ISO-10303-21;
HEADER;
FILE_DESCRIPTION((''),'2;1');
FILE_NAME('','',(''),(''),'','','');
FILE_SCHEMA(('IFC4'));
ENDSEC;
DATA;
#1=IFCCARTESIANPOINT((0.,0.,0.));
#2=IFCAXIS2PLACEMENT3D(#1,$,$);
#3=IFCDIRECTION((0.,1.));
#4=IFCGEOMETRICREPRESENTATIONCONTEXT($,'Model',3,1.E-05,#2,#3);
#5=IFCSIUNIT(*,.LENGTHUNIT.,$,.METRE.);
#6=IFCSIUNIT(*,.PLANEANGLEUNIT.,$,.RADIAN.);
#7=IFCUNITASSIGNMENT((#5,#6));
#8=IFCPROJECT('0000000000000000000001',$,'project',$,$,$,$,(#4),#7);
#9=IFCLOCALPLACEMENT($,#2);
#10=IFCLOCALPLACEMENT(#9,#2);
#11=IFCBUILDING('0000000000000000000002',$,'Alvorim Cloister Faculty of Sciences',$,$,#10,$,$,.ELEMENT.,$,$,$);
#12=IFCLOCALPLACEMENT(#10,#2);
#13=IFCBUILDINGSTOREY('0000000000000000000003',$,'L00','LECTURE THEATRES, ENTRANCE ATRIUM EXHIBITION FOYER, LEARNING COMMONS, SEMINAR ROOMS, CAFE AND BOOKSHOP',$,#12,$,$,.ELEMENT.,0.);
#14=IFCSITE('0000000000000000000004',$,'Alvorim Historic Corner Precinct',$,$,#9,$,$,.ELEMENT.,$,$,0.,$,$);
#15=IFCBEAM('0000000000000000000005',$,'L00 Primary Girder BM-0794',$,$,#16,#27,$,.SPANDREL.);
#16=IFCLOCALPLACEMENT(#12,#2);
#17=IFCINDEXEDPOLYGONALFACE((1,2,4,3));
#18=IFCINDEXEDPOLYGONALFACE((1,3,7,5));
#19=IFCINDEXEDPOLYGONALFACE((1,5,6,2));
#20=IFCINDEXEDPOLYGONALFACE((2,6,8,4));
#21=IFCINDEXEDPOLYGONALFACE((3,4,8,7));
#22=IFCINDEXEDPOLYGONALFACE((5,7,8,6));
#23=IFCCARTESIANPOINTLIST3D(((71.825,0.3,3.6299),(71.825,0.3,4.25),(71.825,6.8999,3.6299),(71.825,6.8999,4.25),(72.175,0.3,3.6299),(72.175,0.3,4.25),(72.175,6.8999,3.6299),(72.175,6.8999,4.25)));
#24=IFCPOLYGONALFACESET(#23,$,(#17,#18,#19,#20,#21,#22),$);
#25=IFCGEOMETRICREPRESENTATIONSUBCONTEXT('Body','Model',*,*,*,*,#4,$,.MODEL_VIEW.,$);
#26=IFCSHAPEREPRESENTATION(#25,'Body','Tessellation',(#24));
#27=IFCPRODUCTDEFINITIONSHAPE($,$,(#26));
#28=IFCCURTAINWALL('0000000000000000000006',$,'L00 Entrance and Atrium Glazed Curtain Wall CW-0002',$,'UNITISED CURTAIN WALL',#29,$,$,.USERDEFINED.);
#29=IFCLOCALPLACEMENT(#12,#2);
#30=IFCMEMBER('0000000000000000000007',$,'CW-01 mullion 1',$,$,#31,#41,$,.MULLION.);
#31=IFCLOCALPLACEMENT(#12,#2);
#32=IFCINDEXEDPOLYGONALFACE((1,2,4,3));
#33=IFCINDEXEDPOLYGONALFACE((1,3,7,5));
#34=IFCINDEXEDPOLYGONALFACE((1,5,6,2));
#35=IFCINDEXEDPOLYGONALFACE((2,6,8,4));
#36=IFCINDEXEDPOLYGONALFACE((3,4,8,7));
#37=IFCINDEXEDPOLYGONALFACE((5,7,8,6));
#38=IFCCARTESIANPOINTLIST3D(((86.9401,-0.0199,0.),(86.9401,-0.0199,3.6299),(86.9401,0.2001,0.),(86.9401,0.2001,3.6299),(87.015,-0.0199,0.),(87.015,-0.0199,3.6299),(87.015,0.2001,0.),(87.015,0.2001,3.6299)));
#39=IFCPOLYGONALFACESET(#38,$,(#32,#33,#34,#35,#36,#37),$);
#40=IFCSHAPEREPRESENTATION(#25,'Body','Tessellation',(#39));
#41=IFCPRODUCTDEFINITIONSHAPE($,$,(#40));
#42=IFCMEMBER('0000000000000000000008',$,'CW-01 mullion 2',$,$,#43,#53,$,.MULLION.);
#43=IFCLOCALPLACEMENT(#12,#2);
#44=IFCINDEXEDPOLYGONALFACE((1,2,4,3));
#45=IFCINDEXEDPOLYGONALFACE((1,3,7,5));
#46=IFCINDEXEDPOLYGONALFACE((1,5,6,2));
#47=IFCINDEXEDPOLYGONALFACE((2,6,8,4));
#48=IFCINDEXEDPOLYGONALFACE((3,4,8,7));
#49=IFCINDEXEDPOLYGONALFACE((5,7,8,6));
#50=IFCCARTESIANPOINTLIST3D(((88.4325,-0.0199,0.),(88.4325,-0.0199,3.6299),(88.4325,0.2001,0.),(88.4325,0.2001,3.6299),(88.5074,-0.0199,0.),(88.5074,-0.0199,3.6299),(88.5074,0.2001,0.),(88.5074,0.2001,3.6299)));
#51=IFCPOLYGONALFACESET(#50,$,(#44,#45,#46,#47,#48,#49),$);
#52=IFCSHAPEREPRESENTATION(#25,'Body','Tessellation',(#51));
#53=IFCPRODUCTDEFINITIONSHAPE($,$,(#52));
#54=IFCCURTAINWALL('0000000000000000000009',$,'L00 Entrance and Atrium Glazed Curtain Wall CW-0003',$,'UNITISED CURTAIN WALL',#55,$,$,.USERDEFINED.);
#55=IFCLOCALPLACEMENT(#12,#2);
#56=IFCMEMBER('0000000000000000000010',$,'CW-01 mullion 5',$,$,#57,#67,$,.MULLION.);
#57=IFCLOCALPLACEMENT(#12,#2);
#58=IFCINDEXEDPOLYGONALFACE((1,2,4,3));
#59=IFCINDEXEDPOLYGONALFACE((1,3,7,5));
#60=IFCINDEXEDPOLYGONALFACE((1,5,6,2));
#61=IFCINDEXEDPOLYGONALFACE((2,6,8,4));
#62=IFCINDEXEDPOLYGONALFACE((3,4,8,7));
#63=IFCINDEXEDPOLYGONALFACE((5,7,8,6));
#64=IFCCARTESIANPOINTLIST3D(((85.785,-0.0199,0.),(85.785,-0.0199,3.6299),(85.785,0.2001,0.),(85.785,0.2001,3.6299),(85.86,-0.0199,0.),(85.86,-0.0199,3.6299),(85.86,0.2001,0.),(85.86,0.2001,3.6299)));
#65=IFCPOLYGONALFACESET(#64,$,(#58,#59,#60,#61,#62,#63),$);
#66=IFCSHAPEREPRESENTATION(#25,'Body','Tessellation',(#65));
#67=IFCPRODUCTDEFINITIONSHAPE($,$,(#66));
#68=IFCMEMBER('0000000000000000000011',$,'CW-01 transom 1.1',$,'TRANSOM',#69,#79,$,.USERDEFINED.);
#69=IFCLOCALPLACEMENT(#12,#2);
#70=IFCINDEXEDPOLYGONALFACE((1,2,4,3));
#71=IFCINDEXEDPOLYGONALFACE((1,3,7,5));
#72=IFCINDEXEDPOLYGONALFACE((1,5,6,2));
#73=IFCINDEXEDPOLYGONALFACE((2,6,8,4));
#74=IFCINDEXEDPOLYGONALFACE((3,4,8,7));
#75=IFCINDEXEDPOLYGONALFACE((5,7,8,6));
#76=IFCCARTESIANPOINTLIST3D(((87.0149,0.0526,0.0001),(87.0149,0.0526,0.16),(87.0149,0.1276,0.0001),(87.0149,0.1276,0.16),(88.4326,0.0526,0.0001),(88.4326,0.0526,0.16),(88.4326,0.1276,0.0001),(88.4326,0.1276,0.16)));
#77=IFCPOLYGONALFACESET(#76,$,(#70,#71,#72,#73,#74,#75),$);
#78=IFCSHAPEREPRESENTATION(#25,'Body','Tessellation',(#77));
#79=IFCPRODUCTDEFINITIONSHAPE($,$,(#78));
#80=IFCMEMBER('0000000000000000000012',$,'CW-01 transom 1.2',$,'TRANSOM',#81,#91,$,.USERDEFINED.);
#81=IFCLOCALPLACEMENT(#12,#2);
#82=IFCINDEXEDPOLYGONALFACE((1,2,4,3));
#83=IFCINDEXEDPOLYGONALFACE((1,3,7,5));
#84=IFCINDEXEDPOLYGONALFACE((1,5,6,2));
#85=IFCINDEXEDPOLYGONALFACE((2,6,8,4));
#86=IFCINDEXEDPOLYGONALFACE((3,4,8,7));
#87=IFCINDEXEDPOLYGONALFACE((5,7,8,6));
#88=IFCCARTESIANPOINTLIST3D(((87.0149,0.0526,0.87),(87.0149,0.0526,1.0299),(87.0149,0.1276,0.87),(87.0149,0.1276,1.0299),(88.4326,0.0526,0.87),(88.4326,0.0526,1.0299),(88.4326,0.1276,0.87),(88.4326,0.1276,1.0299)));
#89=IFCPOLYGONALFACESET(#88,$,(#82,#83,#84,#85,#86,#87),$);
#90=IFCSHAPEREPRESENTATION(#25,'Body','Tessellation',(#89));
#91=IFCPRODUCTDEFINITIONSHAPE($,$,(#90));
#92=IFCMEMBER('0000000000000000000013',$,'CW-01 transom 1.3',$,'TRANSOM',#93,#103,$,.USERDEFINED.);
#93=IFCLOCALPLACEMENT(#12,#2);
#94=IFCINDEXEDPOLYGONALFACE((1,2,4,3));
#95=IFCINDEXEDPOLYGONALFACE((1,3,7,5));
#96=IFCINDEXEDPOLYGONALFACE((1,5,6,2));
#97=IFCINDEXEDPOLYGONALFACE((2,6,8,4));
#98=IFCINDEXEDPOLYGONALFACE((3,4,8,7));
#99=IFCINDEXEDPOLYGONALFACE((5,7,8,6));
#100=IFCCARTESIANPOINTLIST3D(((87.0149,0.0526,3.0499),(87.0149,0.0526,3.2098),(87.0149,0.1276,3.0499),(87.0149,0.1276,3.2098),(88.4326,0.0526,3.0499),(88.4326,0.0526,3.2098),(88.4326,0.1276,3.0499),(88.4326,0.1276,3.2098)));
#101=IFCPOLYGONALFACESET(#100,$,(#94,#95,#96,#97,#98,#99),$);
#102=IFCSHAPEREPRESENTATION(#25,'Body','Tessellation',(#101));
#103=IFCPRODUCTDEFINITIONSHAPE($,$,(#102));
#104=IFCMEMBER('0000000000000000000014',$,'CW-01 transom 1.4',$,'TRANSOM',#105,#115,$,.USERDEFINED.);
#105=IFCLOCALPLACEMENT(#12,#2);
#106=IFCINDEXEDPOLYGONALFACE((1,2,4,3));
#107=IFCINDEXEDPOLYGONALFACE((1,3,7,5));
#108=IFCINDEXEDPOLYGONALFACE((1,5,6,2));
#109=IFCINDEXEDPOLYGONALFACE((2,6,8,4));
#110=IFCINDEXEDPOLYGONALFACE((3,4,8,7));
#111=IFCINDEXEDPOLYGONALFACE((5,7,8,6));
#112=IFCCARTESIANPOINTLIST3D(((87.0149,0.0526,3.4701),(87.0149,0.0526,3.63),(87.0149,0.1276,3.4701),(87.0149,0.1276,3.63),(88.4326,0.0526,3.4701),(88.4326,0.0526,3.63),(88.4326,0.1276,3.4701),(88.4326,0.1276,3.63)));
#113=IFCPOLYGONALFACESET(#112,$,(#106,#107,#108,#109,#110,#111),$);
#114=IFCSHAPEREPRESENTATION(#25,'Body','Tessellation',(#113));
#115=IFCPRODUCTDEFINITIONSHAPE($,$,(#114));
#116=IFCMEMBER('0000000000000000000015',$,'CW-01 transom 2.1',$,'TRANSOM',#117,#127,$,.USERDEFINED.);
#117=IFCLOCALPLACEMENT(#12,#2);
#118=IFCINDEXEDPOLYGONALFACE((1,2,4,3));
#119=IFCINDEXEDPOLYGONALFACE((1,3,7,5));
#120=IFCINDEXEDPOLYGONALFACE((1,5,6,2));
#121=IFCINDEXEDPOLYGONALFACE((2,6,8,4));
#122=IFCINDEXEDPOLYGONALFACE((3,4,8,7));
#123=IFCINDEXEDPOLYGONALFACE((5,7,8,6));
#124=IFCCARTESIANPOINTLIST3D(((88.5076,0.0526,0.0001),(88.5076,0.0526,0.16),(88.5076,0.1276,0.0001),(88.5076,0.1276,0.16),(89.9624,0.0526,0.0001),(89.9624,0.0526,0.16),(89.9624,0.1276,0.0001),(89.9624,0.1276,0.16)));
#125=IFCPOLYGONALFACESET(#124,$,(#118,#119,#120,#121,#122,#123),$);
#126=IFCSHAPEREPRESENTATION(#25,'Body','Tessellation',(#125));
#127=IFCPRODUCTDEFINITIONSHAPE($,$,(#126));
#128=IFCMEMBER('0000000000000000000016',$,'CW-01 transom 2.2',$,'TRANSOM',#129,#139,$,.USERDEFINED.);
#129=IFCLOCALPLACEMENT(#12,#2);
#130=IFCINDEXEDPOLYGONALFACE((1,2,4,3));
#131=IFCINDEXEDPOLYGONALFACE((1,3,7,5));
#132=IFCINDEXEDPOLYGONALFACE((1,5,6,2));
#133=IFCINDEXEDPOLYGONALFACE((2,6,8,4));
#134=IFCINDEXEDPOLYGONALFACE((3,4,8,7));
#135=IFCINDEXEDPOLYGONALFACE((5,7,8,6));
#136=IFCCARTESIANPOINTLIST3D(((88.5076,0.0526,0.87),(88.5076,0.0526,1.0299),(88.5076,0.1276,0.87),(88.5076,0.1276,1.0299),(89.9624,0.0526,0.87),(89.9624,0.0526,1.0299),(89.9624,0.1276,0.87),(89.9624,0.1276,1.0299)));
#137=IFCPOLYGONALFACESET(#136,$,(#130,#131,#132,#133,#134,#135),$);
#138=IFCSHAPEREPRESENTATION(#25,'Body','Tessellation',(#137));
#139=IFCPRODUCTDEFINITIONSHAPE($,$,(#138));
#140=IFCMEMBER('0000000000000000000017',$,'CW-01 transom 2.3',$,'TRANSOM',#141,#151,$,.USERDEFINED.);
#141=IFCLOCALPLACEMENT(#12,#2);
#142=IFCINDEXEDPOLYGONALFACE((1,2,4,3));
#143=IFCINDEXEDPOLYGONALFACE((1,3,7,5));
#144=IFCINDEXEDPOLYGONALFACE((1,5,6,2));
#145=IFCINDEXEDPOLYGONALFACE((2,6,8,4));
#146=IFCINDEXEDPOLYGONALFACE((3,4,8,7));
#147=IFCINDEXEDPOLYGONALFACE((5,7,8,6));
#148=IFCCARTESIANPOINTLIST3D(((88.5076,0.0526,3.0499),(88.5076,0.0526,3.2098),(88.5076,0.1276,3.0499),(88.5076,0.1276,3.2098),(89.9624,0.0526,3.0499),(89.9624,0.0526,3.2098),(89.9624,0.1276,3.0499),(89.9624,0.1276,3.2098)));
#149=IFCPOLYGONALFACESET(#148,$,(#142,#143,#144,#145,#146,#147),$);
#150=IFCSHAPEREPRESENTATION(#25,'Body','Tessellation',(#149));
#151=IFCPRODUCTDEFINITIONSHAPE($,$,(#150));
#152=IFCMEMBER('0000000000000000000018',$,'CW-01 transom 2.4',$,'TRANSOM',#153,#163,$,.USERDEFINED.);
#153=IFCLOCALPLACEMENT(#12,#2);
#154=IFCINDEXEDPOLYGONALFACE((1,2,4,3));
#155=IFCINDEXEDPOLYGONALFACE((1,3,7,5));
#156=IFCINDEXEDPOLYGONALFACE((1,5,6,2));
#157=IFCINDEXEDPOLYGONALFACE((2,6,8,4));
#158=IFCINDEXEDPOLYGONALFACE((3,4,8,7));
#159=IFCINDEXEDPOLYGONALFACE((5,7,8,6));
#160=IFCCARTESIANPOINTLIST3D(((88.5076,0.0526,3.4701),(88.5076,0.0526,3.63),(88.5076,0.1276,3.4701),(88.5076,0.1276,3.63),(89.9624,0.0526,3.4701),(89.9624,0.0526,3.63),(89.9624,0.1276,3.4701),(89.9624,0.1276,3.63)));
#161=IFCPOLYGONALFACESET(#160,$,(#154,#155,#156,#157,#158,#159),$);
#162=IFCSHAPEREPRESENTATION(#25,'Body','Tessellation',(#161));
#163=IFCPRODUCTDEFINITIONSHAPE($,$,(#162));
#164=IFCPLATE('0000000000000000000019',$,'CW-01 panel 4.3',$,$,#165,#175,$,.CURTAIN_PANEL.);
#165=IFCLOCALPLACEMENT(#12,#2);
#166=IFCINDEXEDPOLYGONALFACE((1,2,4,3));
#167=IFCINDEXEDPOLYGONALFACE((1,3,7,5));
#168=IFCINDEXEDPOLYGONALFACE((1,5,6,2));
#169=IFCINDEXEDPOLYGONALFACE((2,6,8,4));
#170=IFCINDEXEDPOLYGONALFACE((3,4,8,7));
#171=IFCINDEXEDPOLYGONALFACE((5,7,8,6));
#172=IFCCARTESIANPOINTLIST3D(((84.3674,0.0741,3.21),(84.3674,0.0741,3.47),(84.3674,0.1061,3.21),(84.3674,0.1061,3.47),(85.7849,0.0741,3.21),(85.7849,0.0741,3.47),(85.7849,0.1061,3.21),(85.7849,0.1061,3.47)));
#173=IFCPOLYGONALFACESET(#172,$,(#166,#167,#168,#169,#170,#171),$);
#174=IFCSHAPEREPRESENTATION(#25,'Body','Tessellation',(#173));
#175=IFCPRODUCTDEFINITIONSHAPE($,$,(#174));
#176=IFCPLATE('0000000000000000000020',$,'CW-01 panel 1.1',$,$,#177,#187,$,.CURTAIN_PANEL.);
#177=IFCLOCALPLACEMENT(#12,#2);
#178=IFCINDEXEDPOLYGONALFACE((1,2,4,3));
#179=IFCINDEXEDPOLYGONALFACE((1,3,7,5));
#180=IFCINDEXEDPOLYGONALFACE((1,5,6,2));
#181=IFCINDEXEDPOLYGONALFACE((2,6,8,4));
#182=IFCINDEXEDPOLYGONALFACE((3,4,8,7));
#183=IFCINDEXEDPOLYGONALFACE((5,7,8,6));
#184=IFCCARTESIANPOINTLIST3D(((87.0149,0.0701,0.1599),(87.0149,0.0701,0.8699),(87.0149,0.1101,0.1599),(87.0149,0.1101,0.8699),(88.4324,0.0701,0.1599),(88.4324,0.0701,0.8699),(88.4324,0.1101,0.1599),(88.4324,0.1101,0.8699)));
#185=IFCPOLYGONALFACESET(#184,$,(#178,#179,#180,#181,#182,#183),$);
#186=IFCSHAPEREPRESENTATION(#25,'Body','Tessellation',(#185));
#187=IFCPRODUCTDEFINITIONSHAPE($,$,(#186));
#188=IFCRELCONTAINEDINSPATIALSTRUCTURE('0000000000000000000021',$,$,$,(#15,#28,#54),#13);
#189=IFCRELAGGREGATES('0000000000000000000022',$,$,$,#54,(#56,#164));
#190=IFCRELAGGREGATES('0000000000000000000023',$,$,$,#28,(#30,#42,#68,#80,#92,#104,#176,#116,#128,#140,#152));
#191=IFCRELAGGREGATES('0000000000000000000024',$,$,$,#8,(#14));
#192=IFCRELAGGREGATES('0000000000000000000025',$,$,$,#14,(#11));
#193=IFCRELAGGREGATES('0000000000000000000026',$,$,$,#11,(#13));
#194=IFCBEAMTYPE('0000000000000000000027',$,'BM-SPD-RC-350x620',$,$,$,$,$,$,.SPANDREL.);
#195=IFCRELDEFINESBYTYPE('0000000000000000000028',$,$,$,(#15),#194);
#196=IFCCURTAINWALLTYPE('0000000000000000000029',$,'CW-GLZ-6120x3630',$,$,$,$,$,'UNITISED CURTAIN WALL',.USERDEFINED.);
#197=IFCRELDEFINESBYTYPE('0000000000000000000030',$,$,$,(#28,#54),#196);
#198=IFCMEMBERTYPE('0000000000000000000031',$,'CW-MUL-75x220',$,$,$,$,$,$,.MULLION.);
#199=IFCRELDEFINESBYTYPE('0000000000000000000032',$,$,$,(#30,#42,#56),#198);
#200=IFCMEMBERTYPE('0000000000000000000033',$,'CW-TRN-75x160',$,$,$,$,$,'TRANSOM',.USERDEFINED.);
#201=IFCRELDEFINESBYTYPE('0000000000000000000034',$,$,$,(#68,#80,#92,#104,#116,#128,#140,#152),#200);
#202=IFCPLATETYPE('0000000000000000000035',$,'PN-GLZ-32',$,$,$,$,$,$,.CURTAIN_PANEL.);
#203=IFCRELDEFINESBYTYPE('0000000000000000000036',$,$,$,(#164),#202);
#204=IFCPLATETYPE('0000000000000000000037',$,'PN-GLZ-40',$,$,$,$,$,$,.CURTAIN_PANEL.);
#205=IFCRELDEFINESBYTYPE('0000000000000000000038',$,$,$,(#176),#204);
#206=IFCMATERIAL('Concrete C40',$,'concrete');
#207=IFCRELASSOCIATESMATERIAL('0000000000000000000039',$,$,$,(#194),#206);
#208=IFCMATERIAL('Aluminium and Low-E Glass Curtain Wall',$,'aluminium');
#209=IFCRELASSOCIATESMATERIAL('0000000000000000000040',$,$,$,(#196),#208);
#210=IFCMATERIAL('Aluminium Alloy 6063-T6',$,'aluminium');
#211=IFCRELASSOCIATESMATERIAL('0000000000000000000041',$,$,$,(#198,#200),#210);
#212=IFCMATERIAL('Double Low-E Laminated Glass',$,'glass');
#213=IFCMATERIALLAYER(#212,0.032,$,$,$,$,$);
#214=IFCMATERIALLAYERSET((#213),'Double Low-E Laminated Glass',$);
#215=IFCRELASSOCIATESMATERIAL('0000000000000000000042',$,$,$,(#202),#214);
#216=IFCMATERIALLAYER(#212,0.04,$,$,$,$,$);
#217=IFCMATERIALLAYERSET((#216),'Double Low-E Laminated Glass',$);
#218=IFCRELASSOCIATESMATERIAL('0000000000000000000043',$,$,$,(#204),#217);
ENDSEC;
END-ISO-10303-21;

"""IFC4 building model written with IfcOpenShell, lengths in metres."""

from ifc_helpers import new_model, si_unit, direction, frame, origin, origin_2d, place, context, subcontext, project, spatial, rectangle, extrude, material, layer, layer_set, material_profile, profile_set, type_object, element, aggregate, save


model = new_model("IFC4")

# Units and contexts
model_context = context("Model", 3, precision=1e-05, world=origin(), true_north=direction((0.0, 1.0)))
body_context = subcontext(model_context, "Body", "Model", "MODEL_VIEW")
ifc_project = project(units=[si_unit("LENGTHUNIT", "METRE"), si_unit("PLANEANGLEUNIT", "RADIAN")], contexts=[model_context])

# Site, building, storey
site_placement = place(None, origin())
site = spatial("IfcSite", under=ifc_project, at=site_placement, Name="Alvorim Historic Corner Precinct", CompositionType="ELEMENT", RefElevation=0.0)
building_placement = place(site_placement, origin())
building = spatial("IfcBuilding", under=site, at=building_placement, Name="Alvorim Cloister Faculty of Sciences", CompositionType="ELEMENT")
storey_placement = place(building_placement, origin())
storey = spatial("IfcBuildingStorey", under=building, at=storey_placement, Name="L00", Description="LECTURE THEATRES, ENTRANCE ATRIUM EXHIBITION FOYER, LEARNING COMMONS, SEMINAR ROOMS, CAFE AND BOOKSHOP", CompositionType="ELEMENT", Elevation=0.0)

# Beam
ifc_material_1 = material(Name="Concrete C40", Category="concrete")
ifc_material_profile_1 = material_profile(ifc_material_1, rectangle(XDim=0.3501, YDim=0.6201, at=origin_2d()), Name="RC40-SPD-350x620")
ifc_profile_set_1 = profile_set([ifc_material_profile_1], Name="Concrete C40")
beam_type = type_object("IfcBeamType", Name="BM-SPD-RC-350x620", PredefinedType="SPANDREL", material=ifc_profile_set_1)
beam_placement = place(storey_placement, frame((72.0, 0.3, 3.9399), z_axis=(0.0, 1.0, 0.0), x_axis=(-1.0, 0.0, 0.0)))
element("IfcBeam", 1, at=beam_placement, inside=storey, type_object=beam_type, Name="L00 Primary Girder BM-0794", PredefinedType="SPANDREL", context=body_context, shape_type="SweptSolid", body=[
    extrude(rectangle(XDim=0.3501, YDim=0.6201, at=origin_2d()), origin(), (0.0, 0.0, 1.0), 6.5999),
])

# Curtain wall, members
ifc_material_2 = material(Name="Aluminium and Low-E Glass Curtain Wall", Category="aluminium")
curtain_wall_type = type_object("IfcCurtainWallType", Name="CW-GLZ-6120x3630", ElementType="UNITISED CURTAIN WALL", PredefinedType="USERDEFINED", material=ifc_material_2)
curtain_wall_1_placement = place(storey_placement, origin())
curtain_wall_1 = element("IfcCurtainWall", 2, at=curtain_wall_1_placement, inside=storey, type_object=curtain_wall_type, Name="L00 Entrance and Atrium Glazed Curtain Wall CW-0002", ObjectType="UNITISED CURTAIN WALL", PredefinedType="USERDEFINED")
ifc_material_3 = material(Name="Aluminium Alloy 6063-T6", Category="aluminium")
ifc_material_profile_2 = material_profile(ifc_material_3, rectangle(XDim=0.075, YDim=0.22, at=origin_2d()), Name="ALU-MUL-75x220")
ifc_profile_set_2 = profile_set([ifc_material_profile_2], Name="Aluminium Alloy 6063-T6")
member_type_1 = type_object("IfcMemberType", Name="CW-MUL-75x220", PredefinedType="MULLION", material=ifc_profile_set_2)
member_1_placement = place(storey_placement, frame((86.9775, 0.0901, 0.0), z_axis=(0.0, 0.0, 1.0), x_axis=(1.0, 0.0, 0.0)))
member_1 = element("IfcMember", 3, at=member_1_placement, type_object=member_type_1, Name="CW-01 mullion 1", PredefinedType="MULLION", context=body_context, shape_type="SweptSolid", body=[
    extrude(rectangle(XDim=0.075, YDim=0.22, at=origin_2d()), origin(), (0.0, 0.0, 1.0), 3.6299),
])
member_2_placement = place(storey_placement, frame((88.47, 0.0901, 0.0), z_axis=(0.0, 0.0, 1.0), x_axis=(1.0, 0.0, 0.0)))
member_2 = element("IfcMember", 4, at=member_2_placement, type_object=member_type_1, Name="CW-01 mullion 2", PredefinedType="MULLION", context=body_context, shape_type="SweptSolid", body=[
    extrude(rectangle(XDim=0.075, YDim=0.22, at=origin_2d()), origin(), (0.0, 0.0, 1.0), 3.6299),
])

# Curtain wall, member
curtain_wall_2_placement = place(storey_placement, origin())
curtain_wall_2 = element("IfcCurtainWall", 5, at=curtain_wall_2_placement, inside=storey, type_object=curtain_wall_type, Name="L00 Entrance and Atrium Glazed Curtain Wall CW-0003", ObjectType="UNITISED CURTAIN WALL", PredefinedType="USERDEFINED")
member_3_placement = place(storey_placement, frame((85.8225, 0.0901, 0.0), z_axis=(0.0, 0.0, 1.0), x_axis=(1.0, 0.0, 0.0)))
member_3 = element("IfcMember", 6, at=member_3_placement, type_object=member_type_1, Name="CW-01 mullion 5", PredefinedType="MULLION", context=body_context, shape_type="SweptSolid", body=[
    extrude(rectangle(XDim=0.075, YDim=0.22, at=origin_2d()), origin(), (0.0, 0.0, 1.0), 3.6299),
])

# Members
ifc_material_profile_3 = material_profile(ifc_material_3, rectangle(XDim=0.075, YDim=0.1599, at=origin_2d()), Name="ALU-TRN-75x160")
ifc_profile_set_3 = profile_set([ifc_material_profile_3], Name="Aluminium Alloy 6063-T6")
member_type_2 = type_object("IfcMemberType", Name="CW-TRN-75x160", ElementType="TRANSOM", PredefinedType="USERDEFINED", material=ifc_profile_set_3)
member_4_placement = place(storey_placement, frame((87.0149, 0.0901, 0.0801), z_axis=(1.0, 0.0, 0.0), x_axis=(0.0, 1.0, 0.0)))
member_4 = element("IfcMember", 7, at=member_4_placement, type_object=member_type_2, Name="CW-01 transom 1.1", ObjectType="TRANSOM", PredefinedType="USERDEFINED", context=body_context, shape_type="SweptSolid", body=[
    extrude(rectangle(XDim=0.075, YDim=0.1599, at=origin_2d()), origin(), (0.0, 0.0, 1.0), 1.4177),
])
member_5_placement = place(storey_placement, frame((87.0149, 0.0901, 0.95), z_axis=(1.0, 0.0, 0.0), x_axis=(0.0, 1.0, 0.0)))
member_5 = element("IfcMember", 8, at=member_5_placement, type_object=member_type_2, Name="CW-01 transom 1.2", ObjectType="TRANSOM", PredefinedType="USERDEFINED", context=body_context, shape_type="SweptSolid", body=[
    extrude(rectangle(XDim=0.075, YDim=0.1599, at=origin_2d()), origin(), (0.0, 0.0, 1.0), 1.4177),
])
member_6_placement = place(storey_placement, frame((87.0149, 0.0901, 3.1299), z_axis=(1.0, 0.0, 0.0), x_axis=(0.0, 1.0, 0.0)))
member_6 = element("IfcMember", 9, at=member_6_placement, type_object=member_type_2, Name="CW-01 transom 1.3", ObjectType="TRANSOM", PredefinedType="USERDEFINED", context=body_context, shape_type="SweptSolid", body=[
    extrude(rectangle(XDim=0.075, YDim=0.1599, at=origin_2d()), origin(), (0.0, 0.0, 1.0), 1.4177),
])
member_7_placement = place(storey_placement, frame((87.0149, 0.0901, 3.55), z_axis=(1.0, 0.0, 0.0), x_axis=(0.0, 1.0, 0.0)))
member_7 = element("IfcMember", 10, at=member_7_placement, type_object=member_type_2, Name="CW-01 transom 1.4", ObjectType="TRANSOM", PredefinedType="USERDEFINED", context=body_context, shape_type="SweptSolid", body=[
    extrude(rectangle(XDim=0.075, YDim=0.1599, at=origin_2d()), origin(), (0.0, 0.0, 1.0), 1.4177),
])
member_8_placement = place(storey_placement, frame((88.5076, 0.0901, 0.0801), z_axis=(1.0, 0.0, 0.0), x_axis=(0.0, 1.0, 0.0)))
member_8 = element("IfcMember", 11, at=member_8_placement, type_object=member_type_2, Name="CW-01 transom 2.1", ObjectType="TRANSOM", PredefinedType="USERDEFINED", context=body_context, shape_type="SweptSolid", body=[
    extrude(rectangle(XDim=0.075, YDim=0.1599, at=origin_2d()), origin(), (0.0, 0.0, 1.0), 1.4548),
])
member_9_placement = place(storey_placement, frame((88.5076, 0.0901, 0.95), z_axis=(1.0, 0.0, 0.0), x_axis=(0.0, 1.0, 0.0)))
member_9 = element("IfcMember", 12, at=member_9_placement, type_object=member_type_2, Name="CW-01 transom 2.2", ObjectType="TRANSOM", PredefinedType="USERDEFINED", context=body_context, shape_type="SweptSolid", body=[
    extrude(rectangle(XDim=0.075, YDim=0.1599, at=origin_2d()), origin(), (0.0, 0.0, 1.0), 1.4548),
])
member_10_placement = place(storey_placement, frame((88.5076, 0.0901, 3.1299), z_axis=(1.0, 0.0, 0.0), x_axis=(0.0, 1.0, 0.0)))
member_10 = element("IfcMember", 13, at=member_10_placement, type_object=member_type_2, Name="CW-01 transom 2.3", ObjectType="TRANSOM", PredefinedType="USERDEFINED", context=body_context, shape_type="SweptSolid", body=[
    extrude(rectangle(XDim=0.075, YDim=0.1599, at=origin_2d()), origin(), (0.0, 0.0, 1.0), 1.4548),
])
member_11_placement = place(storey_placement, frame((88.5076, 0.0901, 3.55), z_axis=(1.0, 0.0, 0.0), x_axis=(0.0, 1.0, 0.0)))
member_11 = element("IfcMember", 14, at=member_11_placement, type_object=member_type_2, Name="CW-01 transom 2.4", ObjectType="TRANSOM", PredefinedType="USERDEFINED", context=body_context, shape_type="SweptSolid", body=[
    extrude(rectangle(XDim=0.075, YDim=0.1599, at=origin_2d()), origin(), (0.0, 0.0, 1.0), 1.4548),
])

# Plates
ifc_material_4 = material(Name="Double Low-E Laminated Glass", Category="glass")
ifc_layer_1 = layer(ifc_material_4, 0.032)
ifc_layer_set_1 = layer_set([ifc_layer_1], Name="Double Low-E Laminated Glass")
plate_type_1 = type_object("IfcPlateType", Name="PN-GLZ-32", PredefinedType="CURTAIN_PANEL", material=ifc_layer_set_1)
plate_1_placement = place(storey_placement, frame((85.0762, 0.0901, 3.21), z_axis=(0.0, 0.0, 1.0), x_axis=(1.0, 0.0, 0.0)))
plate_1 = element("IfcPlate", 15, at=plate_1_placement, type_object=plate_type_1, Name="CW-01 panel 4.3", PredefinedType="CURTAIN_PANEL", context=body_context, shape_type="SweptSolid", body=[
    extrude(rectangle(XDim=1.4175, YDim=0.032, at=origin_2d()), origin(), (0.0, 0.0, 1.0), 0.26),
])
aggregate(curtain_wall_2, [member_3, plate_1])
ifc_layer_2 = layer(ifc_material_4, 0.04)
ifc_layer_set_2 = layer_set([ifc_layer_2], Name="Double Low-E Laminated Glass")
plate_type_2 = type_object("IfcPlateType", Name="PN-GLZ-40", PredefinedType="CURTAIN_PANEL", material=ifc_layer_set_2)
plate_2_placement = place(storey_placement, frame((87.7236, 0.0901, 0.1599), z_axis=(0.0, 0.0, 1.0), x_axis=(1.0, 0.0, 0.0)))
plate_2 = element("IfcPlate", 16, at=plate_2_placement, type_object=plate_type_2, Name="CW-01 panel 1.1", PredefinedType="CURTAIN_PANEL", context=body_context, shape_type="SweptSolid", body=[
    extrude(rectangle(XDim=1.4175, YDim=0.04, at=origin_2d()), origin(), (0.0, 0.0, 1.0), 0.71),
])
aggregate(curtain_wall_1, [member_1, member_2, member_4, member_5, member_6, member_7, plate_2, member_8, member_9, member_10, member_11])

save(model, "model.ifc")
